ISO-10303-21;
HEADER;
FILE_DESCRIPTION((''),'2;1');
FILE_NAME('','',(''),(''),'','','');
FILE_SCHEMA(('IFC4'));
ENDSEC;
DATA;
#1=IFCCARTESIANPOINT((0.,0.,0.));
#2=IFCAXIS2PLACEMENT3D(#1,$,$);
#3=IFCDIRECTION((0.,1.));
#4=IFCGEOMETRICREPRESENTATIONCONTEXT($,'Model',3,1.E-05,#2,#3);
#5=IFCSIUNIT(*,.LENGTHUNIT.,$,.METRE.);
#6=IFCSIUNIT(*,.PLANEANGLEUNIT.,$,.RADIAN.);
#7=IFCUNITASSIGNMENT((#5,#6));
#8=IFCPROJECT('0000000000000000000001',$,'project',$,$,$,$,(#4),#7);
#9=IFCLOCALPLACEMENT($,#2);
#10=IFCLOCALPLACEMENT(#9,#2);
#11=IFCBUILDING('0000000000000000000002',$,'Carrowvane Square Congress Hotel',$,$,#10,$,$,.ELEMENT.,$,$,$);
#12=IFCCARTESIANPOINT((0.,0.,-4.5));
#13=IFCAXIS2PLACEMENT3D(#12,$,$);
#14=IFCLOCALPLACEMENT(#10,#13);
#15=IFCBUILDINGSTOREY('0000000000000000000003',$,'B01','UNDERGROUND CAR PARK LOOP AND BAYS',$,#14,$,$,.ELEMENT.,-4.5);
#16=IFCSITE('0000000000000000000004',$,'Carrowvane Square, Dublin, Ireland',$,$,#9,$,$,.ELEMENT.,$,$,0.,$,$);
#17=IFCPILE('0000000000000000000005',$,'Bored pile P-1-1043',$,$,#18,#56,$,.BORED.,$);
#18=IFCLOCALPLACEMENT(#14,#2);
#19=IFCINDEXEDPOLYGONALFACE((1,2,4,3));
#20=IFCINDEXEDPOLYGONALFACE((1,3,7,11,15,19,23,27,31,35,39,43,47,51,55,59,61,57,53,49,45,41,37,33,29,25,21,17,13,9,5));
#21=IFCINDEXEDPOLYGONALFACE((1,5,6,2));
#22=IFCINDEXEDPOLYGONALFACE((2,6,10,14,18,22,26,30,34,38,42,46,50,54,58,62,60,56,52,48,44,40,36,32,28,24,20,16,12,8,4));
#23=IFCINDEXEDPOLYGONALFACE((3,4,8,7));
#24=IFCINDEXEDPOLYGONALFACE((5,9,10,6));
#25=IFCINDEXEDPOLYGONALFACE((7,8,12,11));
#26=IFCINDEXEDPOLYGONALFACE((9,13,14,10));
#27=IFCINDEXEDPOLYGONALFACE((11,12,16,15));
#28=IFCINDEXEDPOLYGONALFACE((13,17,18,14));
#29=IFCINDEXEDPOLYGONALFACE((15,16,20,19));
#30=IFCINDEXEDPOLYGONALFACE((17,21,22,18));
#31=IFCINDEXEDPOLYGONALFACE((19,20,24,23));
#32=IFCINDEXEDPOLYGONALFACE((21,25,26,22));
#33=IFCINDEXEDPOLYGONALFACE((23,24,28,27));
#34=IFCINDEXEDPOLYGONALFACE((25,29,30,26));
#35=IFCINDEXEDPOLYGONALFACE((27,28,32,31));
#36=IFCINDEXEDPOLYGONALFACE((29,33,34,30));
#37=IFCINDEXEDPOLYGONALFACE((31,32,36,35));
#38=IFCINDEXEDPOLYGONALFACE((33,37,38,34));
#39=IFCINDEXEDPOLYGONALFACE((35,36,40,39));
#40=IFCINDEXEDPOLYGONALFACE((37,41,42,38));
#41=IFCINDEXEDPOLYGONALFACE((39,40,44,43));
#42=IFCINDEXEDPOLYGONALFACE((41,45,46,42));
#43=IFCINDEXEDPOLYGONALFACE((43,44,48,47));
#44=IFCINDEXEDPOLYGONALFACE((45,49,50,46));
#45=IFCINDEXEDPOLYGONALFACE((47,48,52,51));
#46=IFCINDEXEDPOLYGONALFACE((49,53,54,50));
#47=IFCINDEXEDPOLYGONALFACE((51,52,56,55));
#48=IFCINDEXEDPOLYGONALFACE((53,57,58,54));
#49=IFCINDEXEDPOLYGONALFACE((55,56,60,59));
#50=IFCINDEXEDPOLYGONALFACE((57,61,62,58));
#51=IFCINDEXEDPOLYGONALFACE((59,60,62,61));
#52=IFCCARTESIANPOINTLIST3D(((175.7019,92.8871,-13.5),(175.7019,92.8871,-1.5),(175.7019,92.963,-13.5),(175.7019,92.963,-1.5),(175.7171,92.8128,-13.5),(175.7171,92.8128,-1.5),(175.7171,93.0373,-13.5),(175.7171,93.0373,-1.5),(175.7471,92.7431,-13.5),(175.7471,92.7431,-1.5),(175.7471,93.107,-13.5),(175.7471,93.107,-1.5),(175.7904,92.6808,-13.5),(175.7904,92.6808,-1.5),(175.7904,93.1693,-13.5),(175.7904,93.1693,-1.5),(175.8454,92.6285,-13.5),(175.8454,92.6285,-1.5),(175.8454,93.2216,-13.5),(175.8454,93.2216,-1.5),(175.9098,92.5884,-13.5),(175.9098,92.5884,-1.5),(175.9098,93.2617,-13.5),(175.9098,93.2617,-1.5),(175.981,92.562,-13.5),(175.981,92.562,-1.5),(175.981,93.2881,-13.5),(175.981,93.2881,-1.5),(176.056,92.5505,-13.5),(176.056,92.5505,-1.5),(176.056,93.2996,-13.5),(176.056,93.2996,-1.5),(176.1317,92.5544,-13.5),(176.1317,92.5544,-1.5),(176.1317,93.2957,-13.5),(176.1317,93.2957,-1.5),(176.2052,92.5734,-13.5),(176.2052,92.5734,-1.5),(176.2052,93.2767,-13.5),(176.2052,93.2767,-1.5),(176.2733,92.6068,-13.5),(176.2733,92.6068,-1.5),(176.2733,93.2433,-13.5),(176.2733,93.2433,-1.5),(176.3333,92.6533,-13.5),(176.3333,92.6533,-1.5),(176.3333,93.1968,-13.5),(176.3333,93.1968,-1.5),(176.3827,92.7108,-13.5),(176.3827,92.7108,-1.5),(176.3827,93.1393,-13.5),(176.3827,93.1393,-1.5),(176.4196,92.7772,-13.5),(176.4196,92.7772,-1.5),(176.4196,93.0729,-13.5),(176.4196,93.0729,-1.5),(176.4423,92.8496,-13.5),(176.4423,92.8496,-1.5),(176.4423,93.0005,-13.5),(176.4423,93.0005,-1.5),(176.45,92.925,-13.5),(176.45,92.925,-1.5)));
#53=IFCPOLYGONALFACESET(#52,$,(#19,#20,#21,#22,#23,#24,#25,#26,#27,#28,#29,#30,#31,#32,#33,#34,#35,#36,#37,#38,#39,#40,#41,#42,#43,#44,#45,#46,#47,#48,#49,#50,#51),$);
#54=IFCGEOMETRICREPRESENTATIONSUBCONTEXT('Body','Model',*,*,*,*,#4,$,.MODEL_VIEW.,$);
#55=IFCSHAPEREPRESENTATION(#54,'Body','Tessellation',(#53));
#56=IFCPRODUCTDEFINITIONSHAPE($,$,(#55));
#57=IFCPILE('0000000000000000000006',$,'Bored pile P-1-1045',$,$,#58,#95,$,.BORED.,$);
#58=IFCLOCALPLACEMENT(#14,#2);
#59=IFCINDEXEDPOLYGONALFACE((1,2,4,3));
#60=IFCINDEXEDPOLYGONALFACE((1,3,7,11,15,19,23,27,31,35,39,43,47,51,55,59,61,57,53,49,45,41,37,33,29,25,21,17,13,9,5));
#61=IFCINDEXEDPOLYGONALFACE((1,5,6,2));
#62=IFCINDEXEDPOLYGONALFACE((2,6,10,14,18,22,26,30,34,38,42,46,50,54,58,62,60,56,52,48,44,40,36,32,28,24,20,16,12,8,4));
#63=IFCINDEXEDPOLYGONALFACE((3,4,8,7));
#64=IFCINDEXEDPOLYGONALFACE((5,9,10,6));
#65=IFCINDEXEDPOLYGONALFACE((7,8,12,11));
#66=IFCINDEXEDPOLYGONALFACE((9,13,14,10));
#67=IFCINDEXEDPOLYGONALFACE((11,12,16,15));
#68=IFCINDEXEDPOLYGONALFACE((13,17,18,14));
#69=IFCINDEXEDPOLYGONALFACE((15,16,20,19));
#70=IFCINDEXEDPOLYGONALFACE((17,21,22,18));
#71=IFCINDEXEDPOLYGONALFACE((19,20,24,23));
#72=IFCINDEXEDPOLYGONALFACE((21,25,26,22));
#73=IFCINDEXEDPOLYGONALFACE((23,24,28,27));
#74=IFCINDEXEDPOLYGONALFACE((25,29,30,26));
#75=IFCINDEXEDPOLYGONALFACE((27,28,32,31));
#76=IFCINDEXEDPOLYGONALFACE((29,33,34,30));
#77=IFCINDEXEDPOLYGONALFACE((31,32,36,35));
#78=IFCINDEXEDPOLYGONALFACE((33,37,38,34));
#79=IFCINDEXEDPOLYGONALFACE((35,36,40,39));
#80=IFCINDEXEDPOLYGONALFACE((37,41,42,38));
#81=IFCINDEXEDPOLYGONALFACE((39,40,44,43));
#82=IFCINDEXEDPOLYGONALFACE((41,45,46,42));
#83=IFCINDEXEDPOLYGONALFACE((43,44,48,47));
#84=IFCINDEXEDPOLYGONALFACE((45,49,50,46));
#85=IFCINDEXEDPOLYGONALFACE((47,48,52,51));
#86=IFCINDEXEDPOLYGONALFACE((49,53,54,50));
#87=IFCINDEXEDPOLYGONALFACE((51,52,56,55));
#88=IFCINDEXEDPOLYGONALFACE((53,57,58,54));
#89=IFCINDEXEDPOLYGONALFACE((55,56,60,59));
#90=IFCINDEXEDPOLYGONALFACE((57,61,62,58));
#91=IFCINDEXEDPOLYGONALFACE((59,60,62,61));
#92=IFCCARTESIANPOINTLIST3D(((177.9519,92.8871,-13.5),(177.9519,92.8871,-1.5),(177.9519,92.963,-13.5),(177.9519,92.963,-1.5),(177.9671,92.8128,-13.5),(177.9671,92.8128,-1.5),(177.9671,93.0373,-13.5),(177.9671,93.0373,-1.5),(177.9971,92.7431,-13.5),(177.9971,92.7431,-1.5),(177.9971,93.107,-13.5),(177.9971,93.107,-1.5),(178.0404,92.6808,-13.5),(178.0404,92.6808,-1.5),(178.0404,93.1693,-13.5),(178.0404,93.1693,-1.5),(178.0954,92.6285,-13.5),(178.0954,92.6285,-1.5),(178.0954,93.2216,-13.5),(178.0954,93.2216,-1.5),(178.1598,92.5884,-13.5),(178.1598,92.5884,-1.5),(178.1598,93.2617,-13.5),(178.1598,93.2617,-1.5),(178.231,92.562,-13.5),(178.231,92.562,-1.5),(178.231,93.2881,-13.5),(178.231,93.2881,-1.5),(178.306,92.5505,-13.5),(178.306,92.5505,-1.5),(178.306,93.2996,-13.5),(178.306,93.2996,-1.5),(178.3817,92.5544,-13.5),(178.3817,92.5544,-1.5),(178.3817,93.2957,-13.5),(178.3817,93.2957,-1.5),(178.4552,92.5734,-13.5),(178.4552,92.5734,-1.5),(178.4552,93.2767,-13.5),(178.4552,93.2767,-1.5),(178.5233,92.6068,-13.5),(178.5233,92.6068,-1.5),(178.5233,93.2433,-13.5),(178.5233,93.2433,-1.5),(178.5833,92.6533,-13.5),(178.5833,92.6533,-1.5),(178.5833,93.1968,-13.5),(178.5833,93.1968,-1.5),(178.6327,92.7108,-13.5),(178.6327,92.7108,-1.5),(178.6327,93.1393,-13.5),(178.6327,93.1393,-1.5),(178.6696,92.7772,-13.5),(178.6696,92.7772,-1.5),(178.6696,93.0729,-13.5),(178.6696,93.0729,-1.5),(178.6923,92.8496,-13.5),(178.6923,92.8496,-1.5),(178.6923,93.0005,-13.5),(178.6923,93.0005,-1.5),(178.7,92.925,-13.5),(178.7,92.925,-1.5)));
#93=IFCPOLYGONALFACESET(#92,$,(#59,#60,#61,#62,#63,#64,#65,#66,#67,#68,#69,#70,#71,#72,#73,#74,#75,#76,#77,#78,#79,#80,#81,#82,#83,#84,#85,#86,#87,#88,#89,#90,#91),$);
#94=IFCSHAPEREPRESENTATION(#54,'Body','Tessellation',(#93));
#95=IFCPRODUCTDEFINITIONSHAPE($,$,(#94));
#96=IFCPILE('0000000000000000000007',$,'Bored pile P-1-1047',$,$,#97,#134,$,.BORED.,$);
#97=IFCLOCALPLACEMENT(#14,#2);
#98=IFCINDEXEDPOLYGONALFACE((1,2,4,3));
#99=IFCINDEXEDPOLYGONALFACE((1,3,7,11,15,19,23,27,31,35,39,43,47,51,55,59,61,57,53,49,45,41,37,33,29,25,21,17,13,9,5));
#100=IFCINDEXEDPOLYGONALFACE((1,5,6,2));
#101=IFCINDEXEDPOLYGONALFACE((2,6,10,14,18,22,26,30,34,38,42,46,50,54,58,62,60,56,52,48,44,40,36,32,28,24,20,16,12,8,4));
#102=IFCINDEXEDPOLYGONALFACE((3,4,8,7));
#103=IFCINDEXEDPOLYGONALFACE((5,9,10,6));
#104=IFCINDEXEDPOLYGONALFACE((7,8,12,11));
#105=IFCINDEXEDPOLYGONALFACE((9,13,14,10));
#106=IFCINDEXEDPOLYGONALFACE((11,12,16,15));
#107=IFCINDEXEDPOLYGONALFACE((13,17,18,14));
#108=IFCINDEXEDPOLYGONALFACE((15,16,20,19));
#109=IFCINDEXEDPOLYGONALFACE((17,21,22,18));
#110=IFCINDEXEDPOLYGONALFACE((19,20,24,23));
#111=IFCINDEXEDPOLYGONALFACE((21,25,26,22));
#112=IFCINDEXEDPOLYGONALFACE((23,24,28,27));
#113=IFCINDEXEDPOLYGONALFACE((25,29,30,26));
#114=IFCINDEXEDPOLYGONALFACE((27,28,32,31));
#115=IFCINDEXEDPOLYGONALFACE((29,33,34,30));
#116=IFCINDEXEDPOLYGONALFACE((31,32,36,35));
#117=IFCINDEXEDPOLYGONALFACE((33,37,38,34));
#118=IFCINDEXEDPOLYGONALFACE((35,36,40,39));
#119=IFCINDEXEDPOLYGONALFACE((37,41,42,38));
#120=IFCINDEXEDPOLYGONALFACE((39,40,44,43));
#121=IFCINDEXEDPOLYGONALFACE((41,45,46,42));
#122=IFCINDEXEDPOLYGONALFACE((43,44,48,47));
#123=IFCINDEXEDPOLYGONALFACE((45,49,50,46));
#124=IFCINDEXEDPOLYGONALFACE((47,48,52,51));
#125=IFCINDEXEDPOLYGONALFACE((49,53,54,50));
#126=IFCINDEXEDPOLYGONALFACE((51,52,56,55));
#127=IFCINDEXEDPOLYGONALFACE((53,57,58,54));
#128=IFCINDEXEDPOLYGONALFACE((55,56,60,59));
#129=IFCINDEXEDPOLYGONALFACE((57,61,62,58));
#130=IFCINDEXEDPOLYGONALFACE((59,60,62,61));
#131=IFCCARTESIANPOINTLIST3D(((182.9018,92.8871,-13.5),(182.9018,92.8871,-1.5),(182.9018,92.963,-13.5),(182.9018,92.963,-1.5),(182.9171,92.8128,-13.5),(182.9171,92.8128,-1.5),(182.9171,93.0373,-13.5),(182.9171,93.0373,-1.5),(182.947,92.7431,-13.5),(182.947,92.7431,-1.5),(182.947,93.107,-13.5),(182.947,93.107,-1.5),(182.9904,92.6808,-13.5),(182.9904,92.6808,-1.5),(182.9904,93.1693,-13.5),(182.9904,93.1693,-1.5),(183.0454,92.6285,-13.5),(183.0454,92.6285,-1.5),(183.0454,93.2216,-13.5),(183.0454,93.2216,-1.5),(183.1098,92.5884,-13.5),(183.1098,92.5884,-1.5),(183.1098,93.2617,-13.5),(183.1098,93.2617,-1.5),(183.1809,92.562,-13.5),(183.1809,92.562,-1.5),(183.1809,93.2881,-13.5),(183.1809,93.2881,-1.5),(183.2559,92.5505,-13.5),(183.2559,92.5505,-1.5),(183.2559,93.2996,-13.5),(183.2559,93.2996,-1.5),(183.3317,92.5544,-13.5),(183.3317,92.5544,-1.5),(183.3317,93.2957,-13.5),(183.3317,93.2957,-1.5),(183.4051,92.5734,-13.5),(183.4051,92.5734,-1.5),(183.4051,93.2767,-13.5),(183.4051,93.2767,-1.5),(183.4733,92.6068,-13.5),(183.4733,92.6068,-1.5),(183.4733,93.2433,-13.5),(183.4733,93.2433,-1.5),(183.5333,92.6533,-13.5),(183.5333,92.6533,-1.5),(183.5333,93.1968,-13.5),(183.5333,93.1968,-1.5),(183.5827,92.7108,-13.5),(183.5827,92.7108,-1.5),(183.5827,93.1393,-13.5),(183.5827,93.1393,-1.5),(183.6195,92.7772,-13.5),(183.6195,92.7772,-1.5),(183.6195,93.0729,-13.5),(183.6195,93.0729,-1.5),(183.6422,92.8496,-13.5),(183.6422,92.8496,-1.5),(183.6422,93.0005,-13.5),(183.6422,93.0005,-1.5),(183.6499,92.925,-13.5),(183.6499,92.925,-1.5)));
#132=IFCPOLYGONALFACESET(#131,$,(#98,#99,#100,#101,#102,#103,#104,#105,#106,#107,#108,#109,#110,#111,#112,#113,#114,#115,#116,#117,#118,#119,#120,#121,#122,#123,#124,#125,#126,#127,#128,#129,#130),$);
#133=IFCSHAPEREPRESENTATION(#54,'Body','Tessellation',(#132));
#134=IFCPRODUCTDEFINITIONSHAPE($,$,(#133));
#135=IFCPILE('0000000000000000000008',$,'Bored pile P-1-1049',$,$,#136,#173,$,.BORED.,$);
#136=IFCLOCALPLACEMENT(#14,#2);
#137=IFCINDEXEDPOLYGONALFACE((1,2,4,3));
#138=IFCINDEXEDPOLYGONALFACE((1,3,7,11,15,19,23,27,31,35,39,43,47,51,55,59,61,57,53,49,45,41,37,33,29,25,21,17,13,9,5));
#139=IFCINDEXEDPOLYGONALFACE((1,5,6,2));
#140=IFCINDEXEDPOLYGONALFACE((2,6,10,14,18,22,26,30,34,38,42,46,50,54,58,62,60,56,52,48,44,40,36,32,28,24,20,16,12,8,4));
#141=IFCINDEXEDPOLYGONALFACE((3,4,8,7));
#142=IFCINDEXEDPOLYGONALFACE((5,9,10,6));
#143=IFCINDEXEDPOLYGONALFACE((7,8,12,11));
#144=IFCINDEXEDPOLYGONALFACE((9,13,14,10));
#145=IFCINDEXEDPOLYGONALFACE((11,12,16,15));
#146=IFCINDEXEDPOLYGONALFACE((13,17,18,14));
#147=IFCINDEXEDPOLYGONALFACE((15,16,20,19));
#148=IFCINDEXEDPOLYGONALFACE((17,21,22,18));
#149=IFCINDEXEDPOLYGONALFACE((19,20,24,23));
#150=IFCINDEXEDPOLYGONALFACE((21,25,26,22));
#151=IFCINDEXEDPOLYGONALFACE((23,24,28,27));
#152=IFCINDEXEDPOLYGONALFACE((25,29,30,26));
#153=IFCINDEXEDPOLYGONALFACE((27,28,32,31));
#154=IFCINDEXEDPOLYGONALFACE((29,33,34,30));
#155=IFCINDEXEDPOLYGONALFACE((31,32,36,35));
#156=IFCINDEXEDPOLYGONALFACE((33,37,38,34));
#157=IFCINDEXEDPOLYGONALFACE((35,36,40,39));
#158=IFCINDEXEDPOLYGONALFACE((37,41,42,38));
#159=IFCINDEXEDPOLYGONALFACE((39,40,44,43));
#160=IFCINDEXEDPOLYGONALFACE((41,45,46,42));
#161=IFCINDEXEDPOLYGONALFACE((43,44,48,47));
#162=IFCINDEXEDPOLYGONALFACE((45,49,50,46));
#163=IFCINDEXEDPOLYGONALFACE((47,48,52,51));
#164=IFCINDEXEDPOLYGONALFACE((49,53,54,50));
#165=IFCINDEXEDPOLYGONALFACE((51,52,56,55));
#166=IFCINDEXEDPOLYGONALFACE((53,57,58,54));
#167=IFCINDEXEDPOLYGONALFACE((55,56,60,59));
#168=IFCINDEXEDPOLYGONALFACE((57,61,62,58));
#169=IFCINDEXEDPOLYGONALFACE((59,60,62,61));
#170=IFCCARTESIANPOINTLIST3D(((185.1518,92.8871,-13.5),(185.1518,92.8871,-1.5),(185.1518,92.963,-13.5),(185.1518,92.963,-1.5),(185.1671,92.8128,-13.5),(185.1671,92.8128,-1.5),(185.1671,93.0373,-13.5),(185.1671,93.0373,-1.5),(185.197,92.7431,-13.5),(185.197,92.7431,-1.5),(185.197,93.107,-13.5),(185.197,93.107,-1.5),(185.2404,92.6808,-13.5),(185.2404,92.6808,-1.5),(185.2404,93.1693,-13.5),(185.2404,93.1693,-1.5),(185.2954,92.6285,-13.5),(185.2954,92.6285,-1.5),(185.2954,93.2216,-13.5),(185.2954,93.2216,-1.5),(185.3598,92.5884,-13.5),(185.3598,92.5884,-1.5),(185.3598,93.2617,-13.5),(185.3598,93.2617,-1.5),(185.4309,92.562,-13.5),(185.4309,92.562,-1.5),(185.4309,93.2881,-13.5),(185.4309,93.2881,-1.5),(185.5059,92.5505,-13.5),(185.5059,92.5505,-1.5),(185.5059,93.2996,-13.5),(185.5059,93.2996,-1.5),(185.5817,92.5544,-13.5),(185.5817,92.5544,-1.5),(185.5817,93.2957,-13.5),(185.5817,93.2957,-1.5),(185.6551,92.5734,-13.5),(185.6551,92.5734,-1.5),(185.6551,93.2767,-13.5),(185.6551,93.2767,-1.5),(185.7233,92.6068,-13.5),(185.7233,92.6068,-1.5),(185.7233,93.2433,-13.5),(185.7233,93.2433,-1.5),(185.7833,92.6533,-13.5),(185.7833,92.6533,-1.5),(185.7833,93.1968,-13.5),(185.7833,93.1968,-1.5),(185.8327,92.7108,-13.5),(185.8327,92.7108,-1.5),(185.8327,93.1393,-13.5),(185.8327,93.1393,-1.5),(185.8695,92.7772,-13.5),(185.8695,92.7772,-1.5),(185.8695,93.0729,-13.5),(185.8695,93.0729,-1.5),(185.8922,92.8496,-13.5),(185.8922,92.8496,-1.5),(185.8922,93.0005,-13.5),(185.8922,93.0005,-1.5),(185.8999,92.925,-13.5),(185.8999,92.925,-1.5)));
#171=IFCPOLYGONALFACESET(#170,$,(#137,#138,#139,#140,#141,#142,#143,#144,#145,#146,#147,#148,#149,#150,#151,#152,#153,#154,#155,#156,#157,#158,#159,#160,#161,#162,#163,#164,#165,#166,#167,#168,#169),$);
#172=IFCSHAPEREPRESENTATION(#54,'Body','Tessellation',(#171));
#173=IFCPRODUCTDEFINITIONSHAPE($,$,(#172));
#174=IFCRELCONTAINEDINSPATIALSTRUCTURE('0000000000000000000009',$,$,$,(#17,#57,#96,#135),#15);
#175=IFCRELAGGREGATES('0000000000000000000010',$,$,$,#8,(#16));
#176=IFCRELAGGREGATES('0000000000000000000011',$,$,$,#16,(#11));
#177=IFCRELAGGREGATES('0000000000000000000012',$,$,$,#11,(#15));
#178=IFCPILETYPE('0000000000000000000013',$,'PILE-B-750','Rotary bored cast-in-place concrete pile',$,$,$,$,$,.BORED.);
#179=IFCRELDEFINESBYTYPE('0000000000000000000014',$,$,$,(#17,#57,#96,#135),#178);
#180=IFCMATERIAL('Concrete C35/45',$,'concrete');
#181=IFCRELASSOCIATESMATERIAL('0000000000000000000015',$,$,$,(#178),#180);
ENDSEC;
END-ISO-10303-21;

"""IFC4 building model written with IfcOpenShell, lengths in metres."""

from ifc_helpers import new_model, si_unit, direction, frame, origin, origin_2d, place, context, subcontext, project, spatial, circle, extrude, material, material_profile, profile_set, type_object, element, save


model = new_model("IFC4")

# Units and contexts
model_context = context("Model", 3, precision=1e-05, world=origin(), true_north=direction((0.0, 1.0)))
body_context = subcontext(model_context, "Body", "Model", "MODEL_VIEW")
ifc_project = project(units=[si_unit("LENGTHUNIT", "METRE"), si_unit("PLANEANGLEUNIT", "RADIAN")], contexts=[model_context])

# Site, building, storey
site_placement = place(None, origin())
site = spatial("IfcSite", under=ifc_project, at=site_placement, Name="Carrowvane Square, Dublin, Ireland", CompositionType="ELEMENT", RefElevation=0.0)
building_placement = place(site_placement, origin())
building = spatial("IfcBuilding", under=site, at=building_placement, Name="Carrowvane Square Congress Hotel", CompositionType="ELEMENT")
storey_placement = place(building_placement, frame((0.0, 0.0, -4.5)))
storey = spatial("IfcBuildingStorey", under=building, at=storey_placement, Name="B01", Description="UNDERGROUND CAR PARK LOOP AND BAYS", CompositionType="ELEMENT", Elevation=-4.5)

# Piles
ifc_material_1 = material(Name="Concrete C35/45", Category="concrete")
ifc_material_profile_1 = material_profile(ifc_material_1, circle(Radius=0.375, at=origin_2d()), Name="PILE D750")
ifc_profile_set_1 = profile_set([ifc_material_profile_1], Name="Concrete C35/45")
pile_type_1 = type_object("IfcPileType", Name="PILE-B-750", Description="Rotary bored cast-in-place concrete pile", PredefinedType="BORED", material=ifc_profile_set_1)
for number, where, z_axis, x_axis, name in (
    (1, (176.075, 92.925, -1.5), (0.0, 0.0, -1.0), (1.0, 0.0, 0.0), "Bored pile P-1-1043"),
    (2, (178.325, 92.925, -1.5), (0.0, 0.0, -1.0), (1.0, 0.0, 0.0), "Bored pile P-1-1045"),
    (3, (183.2749, 92.925, -1.5), (0.0, 0.0, -1.0), (1.0, 0.0, 0.0), "Bored pile P-1-1047"),
    (4, (185.5249, 92.925, -1.5), (0.0, 0.0, -1.0), (1.0, 0.0, 0.0), "Bored pile P-1-1049"),
):
    element("IfcPile", number, at=place(storey_placement, frame(where, z_axis=z_axis, x_axis=x_axis)), inside=storey, type_object=pile_type_1, Name=name, PredefinedType="BORED", context=body_context, shape_type="SweptSolid", body=[
        extrude(circle(Radius=0.375, at=origin_2d()), origin(), (0.0, 0.0, 1.0), 12.0),
    ])

save(model, "model.ifc")
